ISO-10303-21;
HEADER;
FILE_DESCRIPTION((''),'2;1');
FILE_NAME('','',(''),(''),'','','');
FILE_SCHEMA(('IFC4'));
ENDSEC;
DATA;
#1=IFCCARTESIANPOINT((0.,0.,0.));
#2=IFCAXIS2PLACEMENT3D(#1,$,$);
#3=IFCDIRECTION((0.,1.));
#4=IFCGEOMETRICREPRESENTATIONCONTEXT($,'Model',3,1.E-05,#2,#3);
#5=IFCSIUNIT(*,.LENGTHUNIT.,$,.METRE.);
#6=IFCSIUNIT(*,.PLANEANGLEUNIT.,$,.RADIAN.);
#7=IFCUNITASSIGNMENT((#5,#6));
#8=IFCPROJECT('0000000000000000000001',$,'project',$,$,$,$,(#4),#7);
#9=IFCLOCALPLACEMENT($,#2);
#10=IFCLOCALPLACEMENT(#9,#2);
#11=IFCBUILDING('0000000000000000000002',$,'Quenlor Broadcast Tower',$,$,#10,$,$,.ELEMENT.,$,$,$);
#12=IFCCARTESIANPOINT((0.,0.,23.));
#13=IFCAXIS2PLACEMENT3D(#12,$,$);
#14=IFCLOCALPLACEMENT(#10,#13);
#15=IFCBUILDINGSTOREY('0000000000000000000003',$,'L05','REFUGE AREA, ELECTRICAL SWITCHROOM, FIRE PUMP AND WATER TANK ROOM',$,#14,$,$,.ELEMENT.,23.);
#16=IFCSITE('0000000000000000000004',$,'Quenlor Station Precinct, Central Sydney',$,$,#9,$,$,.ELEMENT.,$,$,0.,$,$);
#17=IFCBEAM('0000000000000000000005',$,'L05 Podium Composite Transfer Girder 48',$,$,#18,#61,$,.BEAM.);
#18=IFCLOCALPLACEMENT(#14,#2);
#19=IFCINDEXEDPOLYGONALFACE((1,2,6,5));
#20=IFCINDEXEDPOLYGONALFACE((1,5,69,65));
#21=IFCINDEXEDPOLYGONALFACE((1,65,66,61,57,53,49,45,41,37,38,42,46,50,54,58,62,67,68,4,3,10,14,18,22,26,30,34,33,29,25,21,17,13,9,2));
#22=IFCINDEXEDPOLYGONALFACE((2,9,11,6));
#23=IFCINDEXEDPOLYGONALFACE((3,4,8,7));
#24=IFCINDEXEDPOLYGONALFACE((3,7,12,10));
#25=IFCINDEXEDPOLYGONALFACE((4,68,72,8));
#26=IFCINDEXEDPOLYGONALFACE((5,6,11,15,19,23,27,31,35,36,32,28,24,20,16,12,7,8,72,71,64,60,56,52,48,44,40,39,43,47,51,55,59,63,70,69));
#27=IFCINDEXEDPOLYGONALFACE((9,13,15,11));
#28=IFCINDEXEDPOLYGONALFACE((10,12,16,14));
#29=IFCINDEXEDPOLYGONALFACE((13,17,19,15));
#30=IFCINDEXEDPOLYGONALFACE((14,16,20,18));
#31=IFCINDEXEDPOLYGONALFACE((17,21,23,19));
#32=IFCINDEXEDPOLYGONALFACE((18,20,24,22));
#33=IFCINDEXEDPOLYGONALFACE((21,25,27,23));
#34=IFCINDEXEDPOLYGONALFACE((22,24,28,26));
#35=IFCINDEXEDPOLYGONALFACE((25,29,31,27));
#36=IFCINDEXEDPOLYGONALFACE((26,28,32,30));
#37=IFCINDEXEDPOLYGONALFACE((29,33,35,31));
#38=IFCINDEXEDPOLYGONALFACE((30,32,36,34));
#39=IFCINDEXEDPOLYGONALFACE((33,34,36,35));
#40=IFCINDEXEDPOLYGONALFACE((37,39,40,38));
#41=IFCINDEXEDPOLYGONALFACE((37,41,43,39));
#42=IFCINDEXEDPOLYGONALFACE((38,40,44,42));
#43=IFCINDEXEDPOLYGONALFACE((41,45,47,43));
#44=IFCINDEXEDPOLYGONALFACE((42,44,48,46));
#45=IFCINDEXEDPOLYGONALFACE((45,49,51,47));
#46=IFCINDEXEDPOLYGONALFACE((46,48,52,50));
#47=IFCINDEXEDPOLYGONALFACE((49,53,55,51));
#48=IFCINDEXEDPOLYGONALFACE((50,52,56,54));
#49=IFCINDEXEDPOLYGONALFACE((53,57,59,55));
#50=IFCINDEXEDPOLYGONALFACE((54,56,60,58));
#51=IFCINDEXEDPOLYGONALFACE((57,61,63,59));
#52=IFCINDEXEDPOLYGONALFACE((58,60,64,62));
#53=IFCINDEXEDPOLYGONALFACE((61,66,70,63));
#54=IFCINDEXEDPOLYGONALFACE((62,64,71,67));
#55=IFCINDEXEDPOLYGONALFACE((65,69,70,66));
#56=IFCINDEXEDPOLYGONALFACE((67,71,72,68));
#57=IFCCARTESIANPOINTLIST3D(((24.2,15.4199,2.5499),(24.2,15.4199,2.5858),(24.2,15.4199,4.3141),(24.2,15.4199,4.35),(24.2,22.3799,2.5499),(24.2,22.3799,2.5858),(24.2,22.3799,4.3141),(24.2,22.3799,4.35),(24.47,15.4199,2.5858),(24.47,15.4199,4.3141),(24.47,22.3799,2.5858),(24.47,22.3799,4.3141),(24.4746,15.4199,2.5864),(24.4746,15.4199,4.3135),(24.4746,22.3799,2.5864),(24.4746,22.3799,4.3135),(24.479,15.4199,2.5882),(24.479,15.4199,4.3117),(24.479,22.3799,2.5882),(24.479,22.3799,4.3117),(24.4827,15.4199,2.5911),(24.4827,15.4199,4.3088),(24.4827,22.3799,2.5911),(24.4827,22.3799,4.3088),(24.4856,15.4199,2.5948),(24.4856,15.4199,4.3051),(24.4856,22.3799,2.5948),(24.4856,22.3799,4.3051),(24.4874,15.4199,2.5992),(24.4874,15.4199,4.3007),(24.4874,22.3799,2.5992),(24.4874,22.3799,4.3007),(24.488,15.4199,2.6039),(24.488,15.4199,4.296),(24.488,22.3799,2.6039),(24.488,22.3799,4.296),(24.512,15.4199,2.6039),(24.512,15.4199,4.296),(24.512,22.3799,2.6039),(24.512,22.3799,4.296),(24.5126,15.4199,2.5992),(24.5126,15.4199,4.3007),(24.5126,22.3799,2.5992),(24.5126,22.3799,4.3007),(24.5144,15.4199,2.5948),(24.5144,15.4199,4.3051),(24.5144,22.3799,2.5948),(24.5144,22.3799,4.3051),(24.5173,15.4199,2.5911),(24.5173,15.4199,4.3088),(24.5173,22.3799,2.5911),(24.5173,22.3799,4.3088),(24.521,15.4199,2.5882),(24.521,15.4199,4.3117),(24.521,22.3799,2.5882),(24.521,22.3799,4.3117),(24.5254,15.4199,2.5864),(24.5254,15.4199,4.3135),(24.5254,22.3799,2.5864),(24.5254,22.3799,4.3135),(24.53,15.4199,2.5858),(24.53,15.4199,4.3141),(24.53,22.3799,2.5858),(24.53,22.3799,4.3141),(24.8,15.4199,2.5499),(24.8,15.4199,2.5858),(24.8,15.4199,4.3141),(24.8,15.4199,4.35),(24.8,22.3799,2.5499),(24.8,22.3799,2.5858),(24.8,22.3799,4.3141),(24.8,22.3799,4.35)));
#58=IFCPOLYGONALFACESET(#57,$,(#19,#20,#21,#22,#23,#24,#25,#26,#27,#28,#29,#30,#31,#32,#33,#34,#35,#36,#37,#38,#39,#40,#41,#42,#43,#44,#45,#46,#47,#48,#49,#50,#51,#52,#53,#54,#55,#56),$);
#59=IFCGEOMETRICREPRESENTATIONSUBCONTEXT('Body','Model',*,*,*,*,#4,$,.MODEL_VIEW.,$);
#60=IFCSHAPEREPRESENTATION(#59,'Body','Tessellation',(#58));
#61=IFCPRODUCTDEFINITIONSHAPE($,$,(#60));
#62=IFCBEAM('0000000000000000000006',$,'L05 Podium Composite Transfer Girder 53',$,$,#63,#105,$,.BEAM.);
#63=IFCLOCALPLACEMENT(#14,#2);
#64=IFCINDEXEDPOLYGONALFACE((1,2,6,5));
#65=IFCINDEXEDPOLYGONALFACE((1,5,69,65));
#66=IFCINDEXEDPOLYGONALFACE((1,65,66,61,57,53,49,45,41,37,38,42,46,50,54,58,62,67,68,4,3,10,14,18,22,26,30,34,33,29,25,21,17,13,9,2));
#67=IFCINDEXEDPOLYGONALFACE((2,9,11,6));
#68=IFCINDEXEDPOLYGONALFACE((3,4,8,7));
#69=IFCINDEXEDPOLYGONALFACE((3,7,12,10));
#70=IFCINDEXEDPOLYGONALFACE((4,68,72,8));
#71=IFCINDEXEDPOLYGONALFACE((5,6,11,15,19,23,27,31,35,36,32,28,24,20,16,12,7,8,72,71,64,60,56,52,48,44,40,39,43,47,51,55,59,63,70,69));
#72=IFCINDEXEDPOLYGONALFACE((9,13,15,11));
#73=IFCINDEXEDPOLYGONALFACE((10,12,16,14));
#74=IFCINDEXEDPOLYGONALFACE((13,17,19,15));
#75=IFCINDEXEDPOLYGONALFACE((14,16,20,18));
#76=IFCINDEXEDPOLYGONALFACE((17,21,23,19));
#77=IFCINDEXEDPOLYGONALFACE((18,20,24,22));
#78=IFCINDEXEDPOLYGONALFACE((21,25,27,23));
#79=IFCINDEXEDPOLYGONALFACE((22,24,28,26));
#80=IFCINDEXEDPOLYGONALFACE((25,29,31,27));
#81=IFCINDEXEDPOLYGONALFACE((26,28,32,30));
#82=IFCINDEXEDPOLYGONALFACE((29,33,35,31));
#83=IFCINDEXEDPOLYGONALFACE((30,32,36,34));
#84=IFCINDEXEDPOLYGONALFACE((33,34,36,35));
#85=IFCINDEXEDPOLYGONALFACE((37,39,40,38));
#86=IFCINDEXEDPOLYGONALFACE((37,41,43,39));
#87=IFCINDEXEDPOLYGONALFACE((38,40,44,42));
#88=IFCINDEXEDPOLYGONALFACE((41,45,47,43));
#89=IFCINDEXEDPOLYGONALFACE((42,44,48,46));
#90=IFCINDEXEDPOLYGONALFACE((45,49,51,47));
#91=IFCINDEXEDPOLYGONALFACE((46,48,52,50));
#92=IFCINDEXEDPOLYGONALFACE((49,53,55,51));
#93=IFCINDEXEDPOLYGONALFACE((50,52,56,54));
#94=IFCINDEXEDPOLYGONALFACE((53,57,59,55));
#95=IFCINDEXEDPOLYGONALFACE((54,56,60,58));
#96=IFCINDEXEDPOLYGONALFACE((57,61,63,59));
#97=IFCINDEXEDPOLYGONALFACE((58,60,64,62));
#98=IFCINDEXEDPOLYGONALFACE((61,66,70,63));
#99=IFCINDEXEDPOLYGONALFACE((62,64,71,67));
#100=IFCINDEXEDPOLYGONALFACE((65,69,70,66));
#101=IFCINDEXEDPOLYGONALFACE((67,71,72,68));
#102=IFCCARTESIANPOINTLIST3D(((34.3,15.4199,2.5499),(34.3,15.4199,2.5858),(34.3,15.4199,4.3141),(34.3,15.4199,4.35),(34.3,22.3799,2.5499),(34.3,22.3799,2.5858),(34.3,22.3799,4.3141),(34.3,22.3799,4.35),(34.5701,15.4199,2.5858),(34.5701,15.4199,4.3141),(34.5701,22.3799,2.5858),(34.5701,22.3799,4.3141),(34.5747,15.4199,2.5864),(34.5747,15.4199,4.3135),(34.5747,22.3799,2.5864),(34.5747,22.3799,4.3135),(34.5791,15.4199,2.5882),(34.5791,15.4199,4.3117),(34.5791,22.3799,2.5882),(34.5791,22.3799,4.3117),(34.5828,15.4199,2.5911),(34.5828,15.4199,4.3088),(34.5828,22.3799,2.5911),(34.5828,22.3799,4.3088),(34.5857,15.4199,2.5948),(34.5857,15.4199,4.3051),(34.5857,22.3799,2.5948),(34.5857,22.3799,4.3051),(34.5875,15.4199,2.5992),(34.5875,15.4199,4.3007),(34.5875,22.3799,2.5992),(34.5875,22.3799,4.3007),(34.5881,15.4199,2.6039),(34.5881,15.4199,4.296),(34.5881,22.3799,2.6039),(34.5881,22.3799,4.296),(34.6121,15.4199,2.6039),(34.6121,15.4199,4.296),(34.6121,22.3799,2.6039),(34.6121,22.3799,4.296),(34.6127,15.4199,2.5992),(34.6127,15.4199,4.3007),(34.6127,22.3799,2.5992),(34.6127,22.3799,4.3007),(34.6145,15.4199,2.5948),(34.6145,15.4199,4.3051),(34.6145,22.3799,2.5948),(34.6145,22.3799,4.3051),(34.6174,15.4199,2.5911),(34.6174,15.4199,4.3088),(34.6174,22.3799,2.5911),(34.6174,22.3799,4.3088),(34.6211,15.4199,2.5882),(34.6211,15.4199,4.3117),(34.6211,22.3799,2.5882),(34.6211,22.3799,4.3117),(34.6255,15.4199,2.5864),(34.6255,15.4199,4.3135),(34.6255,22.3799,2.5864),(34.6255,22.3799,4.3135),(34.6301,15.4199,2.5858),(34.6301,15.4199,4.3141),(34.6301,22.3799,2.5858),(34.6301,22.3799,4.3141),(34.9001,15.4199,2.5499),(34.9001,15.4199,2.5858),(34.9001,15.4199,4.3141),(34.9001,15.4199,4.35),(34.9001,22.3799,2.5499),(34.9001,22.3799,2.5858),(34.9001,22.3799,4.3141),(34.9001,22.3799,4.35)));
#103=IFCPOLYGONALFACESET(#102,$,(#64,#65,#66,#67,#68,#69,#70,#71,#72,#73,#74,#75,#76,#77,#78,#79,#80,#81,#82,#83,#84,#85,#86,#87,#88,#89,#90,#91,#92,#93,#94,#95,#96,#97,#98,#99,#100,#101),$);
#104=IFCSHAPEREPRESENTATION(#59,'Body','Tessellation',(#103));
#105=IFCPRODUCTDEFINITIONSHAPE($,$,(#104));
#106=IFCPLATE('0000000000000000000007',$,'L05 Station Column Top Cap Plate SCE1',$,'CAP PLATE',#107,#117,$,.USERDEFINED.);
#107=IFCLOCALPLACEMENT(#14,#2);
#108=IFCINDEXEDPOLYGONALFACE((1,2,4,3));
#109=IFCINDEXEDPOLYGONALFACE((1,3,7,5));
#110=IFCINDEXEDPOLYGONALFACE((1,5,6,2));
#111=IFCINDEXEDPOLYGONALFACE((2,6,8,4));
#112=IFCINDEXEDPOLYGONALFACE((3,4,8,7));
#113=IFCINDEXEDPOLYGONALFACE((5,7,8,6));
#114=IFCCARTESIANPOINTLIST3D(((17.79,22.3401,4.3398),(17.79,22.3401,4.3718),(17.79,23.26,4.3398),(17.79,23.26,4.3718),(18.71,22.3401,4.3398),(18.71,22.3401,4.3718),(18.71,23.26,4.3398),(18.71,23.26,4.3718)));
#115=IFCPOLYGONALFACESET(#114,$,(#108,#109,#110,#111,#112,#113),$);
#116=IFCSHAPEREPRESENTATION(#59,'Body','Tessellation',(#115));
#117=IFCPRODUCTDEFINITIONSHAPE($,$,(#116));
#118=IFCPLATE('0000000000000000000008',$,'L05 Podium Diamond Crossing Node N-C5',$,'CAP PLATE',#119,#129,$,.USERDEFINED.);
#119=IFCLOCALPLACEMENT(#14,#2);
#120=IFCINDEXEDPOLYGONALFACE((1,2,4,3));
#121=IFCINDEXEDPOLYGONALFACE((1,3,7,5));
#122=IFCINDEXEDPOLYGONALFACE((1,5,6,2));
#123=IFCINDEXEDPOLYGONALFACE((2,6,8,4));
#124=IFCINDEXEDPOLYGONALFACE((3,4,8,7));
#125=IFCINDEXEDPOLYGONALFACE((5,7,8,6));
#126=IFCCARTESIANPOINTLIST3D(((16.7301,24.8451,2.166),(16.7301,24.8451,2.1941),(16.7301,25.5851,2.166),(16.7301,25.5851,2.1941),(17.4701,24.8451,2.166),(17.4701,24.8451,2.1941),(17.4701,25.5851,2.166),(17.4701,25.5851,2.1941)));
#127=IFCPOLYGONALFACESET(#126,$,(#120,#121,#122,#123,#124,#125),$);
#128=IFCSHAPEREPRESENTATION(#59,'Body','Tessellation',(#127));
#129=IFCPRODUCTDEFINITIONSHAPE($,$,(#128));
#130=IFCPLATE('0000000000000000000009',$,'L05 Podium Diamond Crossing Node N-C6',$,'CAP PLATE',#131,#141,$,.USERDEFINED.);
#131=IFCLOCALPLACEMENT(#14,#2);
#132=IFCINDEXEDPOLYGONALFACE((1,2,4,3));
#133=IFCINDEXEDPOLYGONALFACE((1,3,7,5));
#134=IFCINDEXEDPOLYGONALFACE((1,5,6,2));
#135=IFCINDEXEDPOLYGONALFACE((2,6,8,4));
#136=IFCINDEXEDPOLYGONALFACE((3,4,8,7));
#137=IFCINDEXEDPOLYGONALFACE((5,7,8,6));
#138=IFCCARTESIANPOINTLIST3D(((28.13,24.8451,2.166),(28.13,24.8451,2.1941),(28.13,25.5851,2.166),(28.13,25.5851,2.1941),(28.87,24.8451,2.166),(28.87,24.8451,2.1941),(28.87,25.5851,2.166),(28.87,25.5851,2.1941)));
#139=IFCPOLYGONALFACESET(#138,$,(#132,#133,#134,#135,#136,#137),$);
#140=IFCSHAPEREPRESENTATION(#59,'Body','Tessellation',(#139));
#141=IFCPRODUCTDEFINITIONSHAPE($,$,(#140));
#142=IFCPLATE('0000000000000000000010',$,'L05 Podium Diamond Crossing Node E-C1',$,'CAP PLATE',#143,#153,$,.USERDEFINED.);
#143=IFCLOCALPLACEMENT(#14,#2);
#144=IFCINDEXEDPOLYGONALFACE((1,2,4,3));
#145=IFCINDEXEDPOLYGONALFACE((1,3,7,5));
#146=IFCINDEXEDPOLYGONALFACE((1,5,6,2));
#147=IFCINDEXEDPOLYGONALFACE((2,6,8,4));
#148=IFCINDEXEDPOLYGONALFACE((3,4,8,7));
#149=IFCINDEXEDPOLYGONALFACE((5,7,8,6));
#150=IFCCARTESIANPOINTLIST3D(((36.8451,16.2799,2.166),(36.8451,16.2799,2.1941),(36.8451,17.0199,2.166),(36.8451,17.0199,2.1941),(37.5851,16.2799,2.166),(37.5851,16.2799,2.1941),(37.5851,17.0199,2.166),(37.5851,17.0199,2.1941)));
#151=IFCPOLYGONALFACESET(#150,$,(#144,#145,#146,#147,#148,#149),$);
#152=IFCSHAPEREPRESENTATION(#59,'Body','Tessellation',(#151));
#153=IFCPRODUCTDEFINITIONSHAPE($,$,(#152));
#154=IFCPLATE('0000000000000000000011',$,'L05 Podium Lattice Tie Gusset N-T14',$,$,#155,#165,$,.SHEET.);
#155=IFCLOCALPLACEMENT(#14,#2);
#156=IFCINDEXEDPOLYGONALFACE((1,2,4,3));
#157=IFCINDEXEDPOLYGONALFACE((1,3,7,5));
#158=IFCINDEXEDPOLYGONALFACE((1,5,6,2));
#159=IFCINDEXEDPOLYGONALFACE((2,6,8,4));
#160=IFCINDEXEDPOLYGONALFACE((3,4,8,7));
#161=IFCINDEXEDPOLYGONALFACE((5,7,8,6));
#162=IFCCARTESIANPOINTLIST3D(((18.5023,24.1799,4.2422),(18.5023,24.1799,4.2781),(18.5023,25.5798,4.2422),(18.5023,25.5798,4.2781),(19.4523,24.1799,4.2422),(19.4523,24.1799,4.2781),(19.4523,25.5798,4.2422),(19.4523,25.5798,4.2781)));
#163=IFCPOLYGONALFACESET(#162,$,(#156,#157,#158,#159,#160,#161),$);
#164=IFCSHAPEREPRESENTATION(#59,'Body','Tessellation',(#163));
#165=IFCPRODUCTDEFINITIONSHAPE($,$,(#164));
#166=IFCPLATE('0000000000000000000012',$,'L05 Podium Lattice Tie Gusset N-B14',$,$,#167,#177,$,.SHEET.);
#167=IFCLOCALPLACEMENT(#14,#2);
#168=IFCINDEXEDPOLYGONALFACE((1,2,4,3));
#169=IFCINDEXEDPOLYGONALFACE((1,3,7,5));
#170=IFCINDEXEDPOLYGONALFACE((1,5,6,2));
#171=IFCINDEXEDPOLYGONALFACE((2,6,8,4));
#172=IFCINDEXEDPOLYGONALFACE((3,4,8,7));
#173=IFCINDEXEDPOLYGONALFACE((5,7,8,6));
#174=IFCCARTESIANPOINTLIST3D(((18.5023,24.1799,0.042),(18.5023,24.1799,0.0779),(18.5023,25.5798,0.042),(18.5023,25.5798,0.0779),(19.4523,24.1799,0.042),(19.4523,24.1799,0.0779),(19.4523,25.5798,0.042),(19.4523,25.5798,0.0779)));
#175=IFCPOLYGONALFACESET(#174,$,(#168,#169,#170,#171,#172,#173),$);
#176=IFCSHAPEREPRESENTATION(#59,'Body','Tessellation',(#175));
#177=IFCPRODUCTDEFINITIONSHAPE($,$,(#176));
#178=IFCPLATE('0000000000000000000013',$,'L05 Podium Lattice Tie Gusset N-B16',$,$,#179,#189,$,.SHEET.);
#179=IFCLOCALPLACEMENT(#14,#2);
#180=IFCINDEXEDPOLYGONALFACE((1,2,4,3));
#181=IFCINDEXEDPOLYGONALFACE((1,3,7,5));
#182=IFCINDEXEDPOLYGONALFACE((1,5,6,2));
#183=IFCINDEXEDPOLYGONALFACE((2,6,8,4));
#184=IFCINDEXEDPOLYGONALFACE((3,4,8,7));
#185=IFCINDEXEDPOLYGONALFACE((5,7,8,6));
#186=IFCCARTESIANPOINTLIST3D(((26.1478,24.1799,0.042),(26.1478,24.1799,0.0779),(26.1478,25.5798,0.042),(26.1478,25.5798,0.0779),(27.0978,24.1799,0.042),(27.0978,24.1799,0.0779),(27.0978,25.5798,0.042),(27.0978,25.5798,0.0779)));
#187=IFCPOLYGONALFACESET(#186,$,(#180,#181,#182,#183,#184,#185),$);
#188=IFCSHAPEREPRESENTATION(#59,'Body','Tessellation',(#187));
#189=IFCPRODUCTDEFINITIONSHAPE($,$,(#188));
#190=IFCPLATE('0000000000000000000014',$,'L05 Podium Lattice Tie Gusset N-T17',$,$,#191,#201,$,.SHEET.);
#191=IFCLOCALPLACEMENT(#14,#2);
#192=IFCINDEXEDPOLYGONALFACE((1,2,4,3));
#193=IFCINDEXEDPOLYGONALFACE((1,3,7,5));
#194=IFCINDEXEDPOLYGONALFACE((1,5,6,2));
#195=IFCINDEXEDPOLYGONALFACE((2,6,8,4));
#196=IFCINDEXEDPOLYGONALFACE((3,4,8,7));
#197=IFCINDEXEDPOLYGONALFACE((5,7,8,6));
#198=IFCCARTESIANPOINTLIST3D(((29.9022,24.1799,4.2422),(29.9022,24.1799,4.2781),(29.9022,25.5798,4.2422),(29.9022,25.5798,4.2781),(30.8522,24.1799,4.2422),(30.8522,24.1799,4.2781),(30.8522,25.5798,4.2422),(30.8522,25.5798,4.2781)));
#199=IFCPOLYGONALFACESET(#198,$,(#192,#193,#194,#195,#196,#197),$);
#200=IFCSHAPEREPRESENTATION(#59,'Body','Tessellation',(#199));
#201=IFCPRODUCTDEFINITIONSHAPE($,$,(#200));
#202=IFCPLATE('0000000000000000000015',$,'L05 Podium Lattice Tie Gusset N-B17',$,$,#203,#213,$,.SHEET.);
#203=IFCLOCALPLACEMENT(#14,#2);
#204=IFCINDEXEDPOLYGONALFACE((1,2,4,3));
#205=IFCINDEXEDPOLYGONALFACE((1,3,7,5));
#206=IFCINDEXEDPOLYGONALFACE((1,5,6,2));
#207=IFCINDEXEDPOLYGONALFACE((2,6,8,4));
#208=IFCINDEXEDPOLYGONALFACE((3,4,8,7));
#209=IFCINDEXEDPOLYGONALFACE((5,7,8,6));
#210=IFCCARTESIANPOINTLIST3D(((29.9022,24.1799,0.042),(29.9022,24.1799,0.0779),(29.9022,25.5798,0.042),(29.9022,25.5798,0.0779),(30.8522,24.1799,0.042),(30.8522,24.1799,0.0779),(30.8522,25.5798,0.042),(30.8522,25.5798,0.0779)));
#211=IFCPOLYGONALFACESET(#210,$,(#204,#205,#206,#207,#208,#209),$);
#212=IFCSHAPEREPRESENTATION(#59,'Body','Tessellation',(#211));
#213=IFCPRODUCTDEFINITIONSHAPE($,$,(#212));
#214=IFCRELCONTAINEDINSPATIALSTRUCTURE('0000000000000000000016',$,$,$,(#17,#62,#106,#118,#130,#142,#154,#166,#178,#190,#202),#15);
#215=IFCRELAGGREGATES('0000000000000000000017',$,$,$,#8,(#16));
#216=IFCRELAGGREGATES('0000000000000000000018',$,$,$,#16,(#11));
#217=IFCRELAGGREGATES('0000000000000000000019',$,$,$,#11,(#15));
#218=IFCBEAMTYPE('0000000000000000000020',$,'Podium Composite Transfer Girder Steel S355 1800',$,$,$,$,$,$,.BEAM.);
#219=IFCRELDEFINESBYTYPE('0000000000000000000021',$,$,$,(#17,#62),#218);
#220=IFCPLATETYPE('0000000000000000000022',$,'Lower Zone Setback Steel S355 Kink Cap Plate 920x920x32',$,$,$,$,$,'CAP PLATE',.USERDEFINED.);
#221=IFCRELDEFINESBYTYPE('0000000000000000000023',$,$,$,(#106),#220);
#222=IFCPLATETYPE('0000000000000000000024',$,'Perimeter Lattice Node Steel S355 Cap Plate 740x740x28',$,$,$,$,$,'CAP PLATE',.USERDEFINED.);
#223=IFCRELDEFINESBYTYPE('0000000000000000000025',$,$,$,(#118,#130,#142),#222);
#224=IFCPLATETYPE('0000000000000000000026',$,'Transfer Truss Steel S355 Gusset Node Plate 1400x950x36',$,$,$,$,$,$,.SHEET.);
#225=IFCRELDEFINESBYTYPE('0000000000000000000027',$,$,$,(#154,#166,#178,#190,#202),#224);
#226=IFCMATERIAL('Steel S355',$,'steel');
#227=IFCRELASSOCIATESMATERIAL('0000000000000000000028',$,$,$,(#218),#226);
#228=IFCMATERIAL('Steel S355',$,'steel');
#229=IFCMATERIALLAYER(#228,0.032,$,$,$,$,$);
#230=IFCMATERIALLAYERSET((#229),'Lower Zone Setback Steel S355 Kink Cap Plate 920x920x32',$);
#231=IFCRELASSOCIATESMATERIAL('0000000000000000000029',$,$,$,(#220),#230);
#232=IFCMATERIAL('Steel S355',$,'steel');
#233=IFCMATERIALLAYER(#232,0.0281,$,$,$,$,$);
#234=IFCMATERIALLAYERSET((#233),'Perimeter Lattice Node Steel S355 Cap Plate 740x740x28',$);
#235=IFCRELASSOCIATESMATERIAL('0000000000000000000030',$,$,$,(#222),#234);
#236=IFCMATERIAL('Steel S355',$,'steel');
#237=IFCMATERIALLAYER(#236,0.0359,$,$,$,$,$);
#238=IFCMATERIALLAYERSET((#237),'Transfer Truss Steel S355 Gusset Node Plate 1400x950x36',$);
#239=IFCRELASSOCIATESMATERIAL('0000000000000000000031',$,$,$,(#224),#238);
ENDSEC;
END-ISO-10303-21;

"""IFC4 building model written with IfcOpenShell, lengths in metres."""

from ifc_helpers import new_model, si_unit, direction, frame, origin, origin_2d, place, context, subcontext, project, spatial, rectangle, i_section, extrude, material, layer, layer_set, material_profile, profile_set, type_object, element, save


model = new_model("IFC4")

# Units and contexts
model_context = context("Model", 3, precision=1e-05, world=origin(), true_north=direction((0.0, 1.0)))
body_context = subcontext(model_context, "Body", "Model", "MODEL_VIEW")
ifc_project = project(units=[si_unit("LENGTHUNIT", "METRE"), si_unit("PLANEANGLEUNIT", "RADIAN")], contexts=[model_context])

# Site, building, storey
site_placement = place(None, origin())
site = spatial("IfcSite", under=ifc_project, at=site_placement, Name="Quenlor Station Precinct, Central Sydney", CompositionType="ELEMENT", RefElevation=0.0)
building_placement = place(site_placement, origin())
building = spatial("IfcBuilding", under=site, at=building_placement, Name="Quenlor Broadcast Tower", CompositionType="ELEMENT")
storey_placement = place(building_placement, frame((0.0, 0.0, 23.0)))
storey = spatial("IfcBuildingStorey", under=building, at=storey_placement, Name="L05", Description="REFUGE AREA, ELECTRICAL SWITCHROOM, FIRE PUMP AND WATER TANK ROOM", CompositionType="ELEMENT", Elevation=23.0)

# Beams
ifc_material_1 = material(Name="Steel S355", Category="steel")
ifc_material_profile_1 = material_profile(ifc_material_1, i_section(OverallWidth=0.6001, OverallDepth=1.8, WebThickness=0.0239, FlangeThickness=0.0359, FilletRadius=0.0181, at=origin_2d()))
ifc_profile_set_1 = profile_set([ifc_material_profile_1], Name="Steel S355 1800TG620")
beam_type = type_object("IfcBeamType", Name="Podium Composite Transfer Girder Steel S355 1800", PredefinedType="BEAM", material=ifc_profile_set_1)
for number, where, z_axis, x_axis, name in (
    (1, (24.5, 15.4199, 3.45), (0.0, 1.0, 0.0), (-1.0, 0.0, 0.0), "L05 Podium Composite Transfer Girder 48"),
    (2, (34.6001, 15.4199, 3.45), (0.0, 1.0, 0.0), (-1.0, 0.0, 0.0), "L05 Podium Composite Transfer Girder 53"),
):
    element("IfcBeam", number, at=place(storey_placement, frame(where, z_axis=z_axis, x_axis=x_axis)), inside=storey, type_object=beam_type, Name=name, PredefinedType="BEAM", context=body_context, shape_type="SweptSolid", body=[
        extrude(i_section(OverallWidth=0.6001, OverallDepth=1.8, WebThickness=0.0239, FlangeThickness=0.0359, FilletRadius=0.0181, at=origin_2d()), origin(), (0.0, 0.0, 1.0), 6.96),
    ])

# Plates
ifc_material_2 = material(Name="Steel S355", Category="steel")
ifc_layer_1 = layer(ifc_material_2, 0.032)
ifc_layer_set_1 = layer_set([ifc_layer_1], Name="Lower Zone Setback Steel S355 Kink Cap Plate 920x920x32")
plate_type_1 = type_object("IfcPlateType", Name="Lower Zone Setback Steel S355 Kink Cap Plate 920x920x32", ElementType="CAP PLATE", PredefinedType="USERDEFINED", material=ifc_layer_set_1)
plate_placement = place(storey_placement, frame((18.25, 22.8, 4.3398), z_axis=(0.0, 0.0, 1.0), x_axis=(1.0, 0.0, 0.0)))
element("IfcPlate", 3, at=plate_placement, inside=storey, type_object=plate_type_1, Name="L05 Station Column Top Cap Plate SCE1", ObjectType="CAP PLATE", PredefinedType="USERDEFINED", context=body_context, shape_type="SweptSolid", body=[
    extrude(rectangle(XDim=0.9199, YDim=0.9199, at=origin_2d()), origin(), (0.0, 0.0, 1.0), 0.032),
])
ifc_material_3 = material(Name="Steel S355", Category="steel")
ifc_layer_2 = layer(ifc_material_3, 0.0281)
ifc_layer_set_2 = layer_set([ifc_layer_2], Name="Perimeter Lattice Node Steel S355 Cap Plate 740x740x28")
plate_type_2 = type_object("IfcPlateType", Name="Perimeter Lattice Node Steel S355 Cap Plate 740x740x28", ElementType="CAP PLATE", PredefinedType="USERDEFINED", material=ifc_layer_set_2)
for number, where, z_axis, x_axis, name in (
    (4, (17.1001, 25.2151, 2.166), (0.0, 0.0, 1.0), (1.0, 0.0, 0.0), "L05 Podium Diamond Crossing Node N-C5"),
    (5, (28.5, 25.2151, 2.166), (0.0, 0.0, 1.0), (1.0, 0.0, 0.0), "L05 Podium Diamond Crossing Node N-C6"),
    (6, (37.2151, 16.6499, 2.166), (0.0, 0.0, 1.0), (0.0, -1.0, 0.0), "L05 Podium Diamond Crossing Node E-C1"),
):
    element("IfcPlate", number, at=place(storey_placement, frame(where, z_axis=z_axis, x_axis=x_axis)), inside=storey, type_object=plate_type_2, Name=name, ObjectType="CAP PLATE", PredefinedType="USERDEFINED", context=body_context, shape_type="SweptSolid", body=[
        extrude(rectangle(XDim=0.74, YDim=0.74, at=origin_2d()), origin(), (0.0, 0.0, 1.0), 0.0281),
    ])
ifc_material_4 = material(Name="Steel S355", Category="steel")
ifc_layer_3 = layer(ifc_material_4, 0.0359)
ifc_layer_set_3 = layer_set([ifc_layer_3], Name="Transfer Truss Steel S355 Gusset Node Plate 1400x950x36")
plate_type_3 = type_object("IfcPlateType", Name="Transfer Truss Steel S355 Gusset Node Plate 1400x950x36", PredefinedType="SHEET", material=ifc_layer_set_3)
for number, where, z_axis, x_axis, name in (
    (7, (18.9773, 24.8799, 4.2422), (0.0, 0.0, 1.0), (0.0, 1.0, 0.0), "L05 Podium Lattice Tie Gusset N-T14"),
    (8, (18.9773, 24.8799, 0.042), (0.0, 0.0, 1.0), (0.0, 1.0, 0.0), "L05 Podium Lattice Tie Gusset N-B14"),
    (9, (26.6228, 24.8799, 0.042), (0.0, 0.0, 1.0), (0.0, 1.0, 0.0), "L05 Podium Lattice Tie Gusset N-B16"),
    (10, (30.3772, 24.8799, 4.2422), (0.0, 0.0, 1.0), (0.0, 1.0, 0.0), "L05 Podium Lattice Tie Gusset N-T17"),
    (11, (30.3772, 24.8799, 0.042), (0.0, 0.0, 1.0), (0.0, 1.0, 0.0), "L05 Podium Lattice Tie Gusset N-B17"),
):
    element("IfcPlate", number, at=place(storey_placement, frame(where, z_axis=z_axis, x_axis=x_axis)), inside=storey, type_object=plate_type_3, Name=name, PredefinedType="SHEET", context=body_context, shape_type="SweptSolid", body=[
        extrude(rectangle(XDim=1.3999, YDim=0.95, at=origin_2d()), origin(), (0.0, 0.0, 1.0), 0.0359),
    ])

save(model, "model.ifc")
